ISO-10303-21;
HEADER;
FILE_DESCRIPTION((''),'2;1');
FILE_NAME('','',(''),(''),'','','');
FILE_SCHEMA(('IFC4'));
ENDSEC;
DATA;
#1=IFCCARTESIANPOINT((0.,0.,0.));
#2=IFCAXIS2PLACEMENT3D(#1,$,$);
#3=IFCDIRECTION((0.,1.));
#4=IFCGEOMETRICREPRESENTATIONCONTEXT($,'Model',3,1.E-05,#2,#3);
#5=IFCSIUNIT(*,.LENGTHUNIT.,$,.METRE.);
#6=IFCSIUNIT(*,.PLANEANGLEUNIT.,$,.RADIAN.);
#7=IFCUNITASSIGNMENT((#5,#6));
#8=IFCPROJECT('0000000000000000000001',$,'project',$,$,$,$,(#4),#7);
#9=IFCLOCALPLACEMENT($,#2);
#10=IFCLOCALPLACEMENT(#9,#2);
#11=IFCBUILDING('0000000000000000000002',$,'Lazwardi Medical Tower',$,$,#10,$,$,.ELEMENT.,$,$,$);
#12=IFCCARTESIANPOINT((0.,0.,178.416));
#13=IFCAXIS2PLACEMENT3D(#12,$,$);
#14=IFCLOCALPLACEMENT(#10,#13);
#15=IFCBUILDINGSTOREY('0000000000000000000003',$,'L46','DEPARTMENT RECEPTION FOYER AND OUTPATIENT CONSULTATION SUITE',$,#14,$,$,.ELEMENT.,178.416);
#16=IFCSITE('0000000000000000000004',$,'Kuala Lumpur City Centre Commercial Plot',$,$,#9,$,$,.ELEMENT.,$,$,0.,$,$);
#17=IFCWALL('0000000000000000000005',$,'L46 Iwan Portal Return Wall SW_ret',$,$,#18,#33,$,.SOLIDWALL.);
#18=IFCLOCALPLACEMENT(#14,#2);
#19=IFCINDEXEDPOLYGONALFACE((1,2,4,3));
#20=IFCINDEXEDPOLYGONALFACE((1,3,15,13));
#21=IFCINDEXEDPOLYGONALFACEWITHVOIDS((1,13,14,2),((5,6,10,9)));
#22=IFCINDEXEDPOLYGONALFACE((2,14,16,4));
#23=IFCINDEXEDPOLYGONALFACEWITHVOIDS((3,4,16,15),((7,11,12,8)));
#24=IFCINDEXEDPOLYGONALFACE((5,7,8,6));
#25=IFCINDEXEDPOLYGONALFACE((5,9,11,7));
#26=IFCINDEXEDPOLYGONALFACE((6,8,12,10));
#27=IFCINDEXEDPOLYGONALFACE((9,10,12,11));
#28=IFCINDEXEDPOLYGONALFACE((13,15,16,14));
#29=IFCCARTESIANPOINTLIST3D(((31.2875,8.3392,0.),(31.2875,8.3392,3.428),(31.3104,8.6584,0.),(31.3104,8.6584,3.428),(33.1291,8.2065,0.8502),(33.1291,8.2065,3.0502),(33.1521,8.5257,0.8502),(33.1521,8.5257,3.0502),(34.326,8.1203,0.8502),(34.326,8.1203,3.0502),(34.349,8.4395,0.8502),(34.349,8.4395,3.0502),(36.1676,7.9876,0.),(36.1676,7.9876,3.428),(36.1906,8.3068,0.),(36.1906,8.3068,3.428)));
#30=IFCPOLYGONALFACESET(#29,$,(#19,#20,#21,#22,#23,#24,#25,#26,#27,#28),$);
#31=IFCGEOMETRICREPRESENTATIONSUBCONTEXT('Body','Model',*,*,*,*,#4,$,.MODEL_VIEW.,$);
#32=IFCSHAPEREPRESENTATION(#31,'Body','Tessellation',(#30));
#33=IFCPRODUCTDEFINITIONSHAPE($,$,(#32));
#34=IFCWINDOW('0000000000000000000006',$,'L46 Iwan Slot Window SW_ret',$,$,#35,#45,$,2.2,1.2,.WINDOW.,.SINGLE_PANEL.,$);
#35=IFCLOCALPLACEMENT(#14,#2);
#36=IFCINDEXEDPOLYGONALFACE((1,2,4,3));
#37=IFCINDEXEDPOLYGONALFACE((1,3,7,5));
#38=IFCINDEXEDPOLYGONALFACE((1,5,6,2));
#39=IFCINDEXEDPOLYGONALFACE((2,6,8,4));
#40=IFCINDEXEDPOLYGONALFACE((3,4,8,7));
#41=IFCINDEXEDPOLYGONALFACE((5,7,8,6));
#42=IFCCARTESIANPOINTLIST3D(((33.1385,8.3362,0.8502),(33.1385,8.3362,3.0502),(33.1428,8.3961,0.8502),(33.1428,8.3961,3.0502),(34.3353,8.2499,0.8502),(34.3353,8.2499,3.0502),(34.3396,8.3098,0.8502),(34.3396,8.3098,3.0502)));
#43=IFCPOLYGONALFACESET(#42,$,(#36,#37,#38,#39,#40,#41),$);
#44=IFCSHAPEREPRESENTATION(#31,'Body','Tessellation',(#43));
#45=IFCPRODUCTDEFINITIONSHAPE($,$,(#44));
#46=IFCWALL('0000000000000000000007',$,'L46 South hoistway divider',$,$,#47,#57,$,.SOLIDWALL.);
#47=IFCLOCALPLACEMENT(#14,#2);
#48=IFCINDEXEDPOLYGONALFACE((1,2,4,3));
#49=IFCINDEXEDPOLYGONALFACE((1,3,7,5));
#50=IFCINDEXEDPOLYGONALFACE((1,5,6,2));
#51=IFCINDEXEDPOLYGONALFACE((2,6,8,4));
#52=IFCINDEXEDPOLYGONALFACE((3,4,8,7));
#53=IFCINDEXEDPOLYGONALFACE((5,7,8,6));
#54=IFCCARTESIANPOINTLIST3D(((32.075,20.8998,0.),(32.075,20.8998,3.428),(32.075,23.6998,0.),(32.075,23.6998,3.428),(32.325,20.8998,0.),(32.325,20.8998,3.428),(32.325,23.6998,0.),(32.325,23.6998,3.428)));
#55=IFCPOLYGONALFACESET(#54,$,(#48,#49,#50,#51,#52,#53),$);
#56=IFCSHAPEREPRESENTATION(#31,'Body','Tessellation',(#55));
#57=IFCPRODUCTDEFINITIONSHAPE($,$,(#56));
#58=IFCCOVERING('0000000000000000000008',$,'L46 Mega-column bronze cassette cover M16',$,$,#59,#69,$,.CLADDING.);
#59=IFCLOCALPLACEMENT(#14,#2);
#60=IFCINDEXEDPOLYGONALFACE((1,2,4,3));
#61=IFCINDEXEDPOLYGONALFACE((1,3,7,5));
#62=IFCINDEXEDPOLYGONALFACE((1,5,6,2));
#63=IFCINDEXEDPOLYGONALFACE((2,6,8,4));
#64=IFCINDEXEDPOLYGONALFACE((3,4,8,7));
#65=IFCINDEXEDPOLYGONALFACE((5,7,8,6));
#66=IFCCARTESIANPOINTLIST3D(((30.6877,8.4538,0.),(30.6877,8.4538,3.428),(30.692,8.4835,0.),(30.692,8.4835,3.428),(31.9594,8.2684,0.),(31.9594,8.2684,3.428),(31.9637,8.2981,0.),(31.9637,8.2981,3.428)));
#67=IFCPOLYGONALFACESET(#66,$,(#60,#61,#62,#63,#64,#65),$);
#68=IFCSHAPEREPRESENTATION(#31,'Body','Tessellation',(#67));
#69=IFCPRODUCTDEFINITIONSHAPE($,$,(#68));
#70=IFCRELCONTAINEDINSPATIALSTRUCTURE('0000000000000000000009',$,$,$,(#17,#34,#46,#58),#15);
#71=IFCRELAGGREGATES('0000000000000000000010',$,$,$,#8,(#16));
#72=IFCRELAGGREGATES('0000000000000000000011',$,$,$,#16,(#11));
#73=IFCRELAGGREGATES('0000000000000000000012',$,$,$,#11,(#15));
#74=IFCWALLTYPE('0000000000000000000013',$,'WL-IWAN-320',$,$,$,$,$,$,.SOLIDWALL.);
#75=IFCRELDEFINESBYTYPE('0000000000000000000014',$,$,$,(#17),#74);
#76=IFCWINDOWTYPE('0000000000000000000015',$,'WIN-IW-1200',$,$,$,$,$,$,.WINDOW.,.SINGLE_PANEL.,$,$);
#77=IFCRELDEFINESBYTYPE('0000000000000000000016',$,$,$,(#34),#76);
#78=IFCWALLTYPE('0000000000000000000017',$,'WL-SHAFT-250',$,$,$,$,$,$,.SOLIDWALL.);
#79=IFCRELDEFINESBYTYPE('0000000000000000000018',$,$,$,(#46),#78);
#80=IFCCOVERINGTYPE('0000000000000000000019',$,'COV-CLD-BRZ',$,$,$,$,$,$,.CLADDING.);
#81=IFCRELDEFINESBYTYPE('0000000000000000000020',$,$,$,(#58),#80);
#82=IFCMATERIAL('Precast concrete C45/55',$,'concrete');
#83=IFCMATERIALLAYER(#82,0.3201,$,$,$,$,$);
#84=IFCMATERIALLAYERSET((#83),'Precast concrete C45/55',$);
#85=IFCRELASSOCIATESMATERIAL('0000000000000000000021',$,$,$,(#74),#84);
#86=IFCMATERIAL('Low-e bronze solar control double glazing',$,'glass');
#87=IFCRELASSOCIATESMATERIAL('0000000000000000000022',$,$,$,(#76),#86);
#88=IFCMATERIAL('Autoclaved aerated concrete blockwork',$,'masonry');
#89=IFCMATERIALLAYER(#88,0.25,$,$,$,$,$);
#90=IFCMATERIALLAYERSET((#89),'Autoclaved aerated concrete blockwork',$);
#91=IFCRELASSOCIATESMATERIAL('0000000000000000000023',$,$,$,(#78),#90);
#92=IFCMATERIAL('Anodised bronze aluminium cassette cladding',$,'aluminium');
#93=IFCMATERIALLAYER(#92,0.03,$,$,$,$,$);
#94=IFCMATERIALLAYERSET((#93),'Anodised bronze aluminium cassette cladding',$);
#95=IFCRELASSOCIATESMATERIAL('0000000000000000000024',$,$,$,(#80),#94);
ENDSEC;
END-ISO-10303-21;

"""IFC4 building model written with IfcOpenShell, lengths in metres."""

from ifc_helpers import new_model, si_unit, direction, frame, frame_2d, origin, origin_2d, place, context, subcontext, project, spatial, rectangle, extrude, material, layer, layer_set, type_object, element, fill, save


model = new_model("IFC4")

# Units and contexts
model_context = context("Model", 3, precision=1e-05, world=origin(), true_north=direction((0.0, 1.0)))
body_context = subcontext(model_context, "Body", "Model", "MODEL_VIEW")
ifc_project = project(units=[si_unit("LENGTHUNIT", "METRE"), si_unit("PLANEANGLEUNIT", "RADIAN")], contexts=[model_context])

# Site, building, storey
site_placement = place(None, origin())
site = spatial("IfcSite", under=ifc_project, at=site_placement, Name="Kuala Lumpur City Centre Commercial Plot", CompositionType="ELEMENT", RefElevation=0.0)
building_placement = place(site_placement, origin())
building = spatial("IfcBuilding", under=site, at=building_placement, Name="Lazwardi Medical Tower", CompositionType="ELEMENT")
storey_placement = place(building_placement, frame((0.0, 0.0, 178.416)))
storey = spatial("IfcBuildingStorey", under=building, at=storey_placement, Name="L46", Description="DEPARTMENT RECEPTION FOYER AND OUTPATIENT CONSULTATION SUITE", CompositionType="ELEMENT", Elevation=178.416)

# Shared definitions
ifc_material_1 = material(Name="Low-e bronze solar control double glazing", Category="glass")

# Wall, opening, window
ifc_material_2 = material(Name="Precast concrete C45/55", Category="concrete")
ifc_layer_1 = layer(ifc_material_2, 0.3201)
ifc_layer_set_1 = layer_set([ifc_layer_1], Name="Precast concrete C45/55")
wall_type_1 = type_object("IfcWallType", Name="WL-IWAN-320", PredefinedType="SOLIDWALL", material=ifc_layer_set_1)
wall_1_placement = place(storey_placement, frame((31.2991, 8.4988, 0.0), z_axis=(0.0, 0.0, 1.0), x_axis=(0.997415, -0.071853, 0.0)))
wall_1 = element("IfcWall", 1, at=wall_1_placement, inside=storey, type_object=wall_type_1, Name="L46 Iwan Portal Return Wall SW_ret", PredefinedType="SOLIDWALL", context=body_context, shape_type="SweptSolid", body=[
    extrude(rectangle(XDim=4.8928, YDim=0.3201, at=frame_2d((2.4463, 0.0))), origin(), (0.0, 0.0, 1.0), 3.428),
])
opening_1_placement = place(wall_1_placement, frame((1.8462, 0.0, 0.8501)))
opening_1 = element("IfcOpeningElement", 2, at=opening_1_placement, cuts=wall_1, PredefinedType="OPENING", context=body_context, shape_type="SweptSolid", body=[
    extrude(rectangle(XDim=1.2, YDim=2.2, at=frame_2d((0.6001, 1.1001))), frame((0.0, 0.1699, 0.0), z_axis=(0.0, -1.0, 0.0), x_axis=(1.0, 0.0, 0.0)), (0.0, 0.0, 1.0), 0.3401),
])
window_type = type_object("IfcWindowType", Name="WIN-IW-1200", PartitioningType="SINGLE_PANEL", PredefinedType="WINDOW", material=ifc_material_1)
window_placement = place(opening_1_placement, origin())
window = element("IfcWindow", 3, at=window_placement, inside=storey, type_object=window_type, Name="L46 Iwan Slot Window SW_ret", OverallHeight=2.2, OverallWidth=1.2, PartitioningType="SINGLE_PANEL", PredefinedType="WINDOW", context=body_context, shape_type="SweptSolid", body=[
    extrude(rectangle(XDim=1.2, YDim=2.2, at=frame_2d((0.6001, 1.1001))), frame((0.0, 0.03, 0.0), z_axis=(0.0, -1.0, 0.0), x_axis=(1.0, 0.0, 0.0)), (0.0, 0.0, 1.0), 0.0601),
])
fill(opening_1, window)

# Wall
ifc_material_3 = material(Name="Autoclaved aerated concrete blockwork", Category="masonry")
ifc_layer_2 = layer(ifc_material_3, 0.25)
ifc_layer_set_2 = layer_set([ifc_layer_2], Name="Autoclaved aerated concrete blockwork")
wall_type_2 = type_object("IfcWallType", Name="WL-SHAFT-250", PredefinedType="SOLIDWALL", material=ifc_layer_set_2)
wall_2_placement = place(storey_placement, frame((32.2, 20.8999, 0.0), z_axis=(0.0, 0.0, 1.0), x_axis=(0.0, 1.0, 0.0)))
element("IfcWall", 4, at=wall_2_placement, inside=storey, type_object=wall_type_2, Name="L46 South hoistway divider", PredefinedType="SOLIDWALL", context=body_context, shape_type="SweptSolid", body=[
    extrude(rectangle(XDim=2.8, YDim=0.25, at=frame_2d((1.3999, 0.0))), origin(), (0.0, 0.0, 1.0), 3.428),
])

# Covering
ifc_material_4 = material(Name="Anodised bronze aluminium cassette cladding", Category="aluminium")
ifc_layer_3 = layer(ifc_material_4, 0.03)
ifc_layer_set_3 = layer_set([ifc_layer_3], Name="Anodised bronze aluminium cassette cladding")
covering_type = type_object("IfcCoveringType", Name="COV-CLD-BRZ", PredefinedType="CLADDING", material=ifc_layer_set_3)
covering_placement = place(storey_placement, frame((31.3257, 8.376, 0.0), z_axis=(0.0, 0.0, 1.0), x_axis=(0.989539, -0.144265, 0.0)))
element("IfcCovering", 5, at=covering_placement, inside=storey, type_object=covering_type, Name="L46 Mega-column bronze cassette cover M16", PredefinedType="CLADDING", context=body_context, shape_type="SweptSolid", body=[
    extrude(rectangle(XDim=1.2852, YDim=0.03, at=origin_2d()), origin(), (0.0, 0.0, 1.0), 3.428),
])

save(model, "model.ifc")
